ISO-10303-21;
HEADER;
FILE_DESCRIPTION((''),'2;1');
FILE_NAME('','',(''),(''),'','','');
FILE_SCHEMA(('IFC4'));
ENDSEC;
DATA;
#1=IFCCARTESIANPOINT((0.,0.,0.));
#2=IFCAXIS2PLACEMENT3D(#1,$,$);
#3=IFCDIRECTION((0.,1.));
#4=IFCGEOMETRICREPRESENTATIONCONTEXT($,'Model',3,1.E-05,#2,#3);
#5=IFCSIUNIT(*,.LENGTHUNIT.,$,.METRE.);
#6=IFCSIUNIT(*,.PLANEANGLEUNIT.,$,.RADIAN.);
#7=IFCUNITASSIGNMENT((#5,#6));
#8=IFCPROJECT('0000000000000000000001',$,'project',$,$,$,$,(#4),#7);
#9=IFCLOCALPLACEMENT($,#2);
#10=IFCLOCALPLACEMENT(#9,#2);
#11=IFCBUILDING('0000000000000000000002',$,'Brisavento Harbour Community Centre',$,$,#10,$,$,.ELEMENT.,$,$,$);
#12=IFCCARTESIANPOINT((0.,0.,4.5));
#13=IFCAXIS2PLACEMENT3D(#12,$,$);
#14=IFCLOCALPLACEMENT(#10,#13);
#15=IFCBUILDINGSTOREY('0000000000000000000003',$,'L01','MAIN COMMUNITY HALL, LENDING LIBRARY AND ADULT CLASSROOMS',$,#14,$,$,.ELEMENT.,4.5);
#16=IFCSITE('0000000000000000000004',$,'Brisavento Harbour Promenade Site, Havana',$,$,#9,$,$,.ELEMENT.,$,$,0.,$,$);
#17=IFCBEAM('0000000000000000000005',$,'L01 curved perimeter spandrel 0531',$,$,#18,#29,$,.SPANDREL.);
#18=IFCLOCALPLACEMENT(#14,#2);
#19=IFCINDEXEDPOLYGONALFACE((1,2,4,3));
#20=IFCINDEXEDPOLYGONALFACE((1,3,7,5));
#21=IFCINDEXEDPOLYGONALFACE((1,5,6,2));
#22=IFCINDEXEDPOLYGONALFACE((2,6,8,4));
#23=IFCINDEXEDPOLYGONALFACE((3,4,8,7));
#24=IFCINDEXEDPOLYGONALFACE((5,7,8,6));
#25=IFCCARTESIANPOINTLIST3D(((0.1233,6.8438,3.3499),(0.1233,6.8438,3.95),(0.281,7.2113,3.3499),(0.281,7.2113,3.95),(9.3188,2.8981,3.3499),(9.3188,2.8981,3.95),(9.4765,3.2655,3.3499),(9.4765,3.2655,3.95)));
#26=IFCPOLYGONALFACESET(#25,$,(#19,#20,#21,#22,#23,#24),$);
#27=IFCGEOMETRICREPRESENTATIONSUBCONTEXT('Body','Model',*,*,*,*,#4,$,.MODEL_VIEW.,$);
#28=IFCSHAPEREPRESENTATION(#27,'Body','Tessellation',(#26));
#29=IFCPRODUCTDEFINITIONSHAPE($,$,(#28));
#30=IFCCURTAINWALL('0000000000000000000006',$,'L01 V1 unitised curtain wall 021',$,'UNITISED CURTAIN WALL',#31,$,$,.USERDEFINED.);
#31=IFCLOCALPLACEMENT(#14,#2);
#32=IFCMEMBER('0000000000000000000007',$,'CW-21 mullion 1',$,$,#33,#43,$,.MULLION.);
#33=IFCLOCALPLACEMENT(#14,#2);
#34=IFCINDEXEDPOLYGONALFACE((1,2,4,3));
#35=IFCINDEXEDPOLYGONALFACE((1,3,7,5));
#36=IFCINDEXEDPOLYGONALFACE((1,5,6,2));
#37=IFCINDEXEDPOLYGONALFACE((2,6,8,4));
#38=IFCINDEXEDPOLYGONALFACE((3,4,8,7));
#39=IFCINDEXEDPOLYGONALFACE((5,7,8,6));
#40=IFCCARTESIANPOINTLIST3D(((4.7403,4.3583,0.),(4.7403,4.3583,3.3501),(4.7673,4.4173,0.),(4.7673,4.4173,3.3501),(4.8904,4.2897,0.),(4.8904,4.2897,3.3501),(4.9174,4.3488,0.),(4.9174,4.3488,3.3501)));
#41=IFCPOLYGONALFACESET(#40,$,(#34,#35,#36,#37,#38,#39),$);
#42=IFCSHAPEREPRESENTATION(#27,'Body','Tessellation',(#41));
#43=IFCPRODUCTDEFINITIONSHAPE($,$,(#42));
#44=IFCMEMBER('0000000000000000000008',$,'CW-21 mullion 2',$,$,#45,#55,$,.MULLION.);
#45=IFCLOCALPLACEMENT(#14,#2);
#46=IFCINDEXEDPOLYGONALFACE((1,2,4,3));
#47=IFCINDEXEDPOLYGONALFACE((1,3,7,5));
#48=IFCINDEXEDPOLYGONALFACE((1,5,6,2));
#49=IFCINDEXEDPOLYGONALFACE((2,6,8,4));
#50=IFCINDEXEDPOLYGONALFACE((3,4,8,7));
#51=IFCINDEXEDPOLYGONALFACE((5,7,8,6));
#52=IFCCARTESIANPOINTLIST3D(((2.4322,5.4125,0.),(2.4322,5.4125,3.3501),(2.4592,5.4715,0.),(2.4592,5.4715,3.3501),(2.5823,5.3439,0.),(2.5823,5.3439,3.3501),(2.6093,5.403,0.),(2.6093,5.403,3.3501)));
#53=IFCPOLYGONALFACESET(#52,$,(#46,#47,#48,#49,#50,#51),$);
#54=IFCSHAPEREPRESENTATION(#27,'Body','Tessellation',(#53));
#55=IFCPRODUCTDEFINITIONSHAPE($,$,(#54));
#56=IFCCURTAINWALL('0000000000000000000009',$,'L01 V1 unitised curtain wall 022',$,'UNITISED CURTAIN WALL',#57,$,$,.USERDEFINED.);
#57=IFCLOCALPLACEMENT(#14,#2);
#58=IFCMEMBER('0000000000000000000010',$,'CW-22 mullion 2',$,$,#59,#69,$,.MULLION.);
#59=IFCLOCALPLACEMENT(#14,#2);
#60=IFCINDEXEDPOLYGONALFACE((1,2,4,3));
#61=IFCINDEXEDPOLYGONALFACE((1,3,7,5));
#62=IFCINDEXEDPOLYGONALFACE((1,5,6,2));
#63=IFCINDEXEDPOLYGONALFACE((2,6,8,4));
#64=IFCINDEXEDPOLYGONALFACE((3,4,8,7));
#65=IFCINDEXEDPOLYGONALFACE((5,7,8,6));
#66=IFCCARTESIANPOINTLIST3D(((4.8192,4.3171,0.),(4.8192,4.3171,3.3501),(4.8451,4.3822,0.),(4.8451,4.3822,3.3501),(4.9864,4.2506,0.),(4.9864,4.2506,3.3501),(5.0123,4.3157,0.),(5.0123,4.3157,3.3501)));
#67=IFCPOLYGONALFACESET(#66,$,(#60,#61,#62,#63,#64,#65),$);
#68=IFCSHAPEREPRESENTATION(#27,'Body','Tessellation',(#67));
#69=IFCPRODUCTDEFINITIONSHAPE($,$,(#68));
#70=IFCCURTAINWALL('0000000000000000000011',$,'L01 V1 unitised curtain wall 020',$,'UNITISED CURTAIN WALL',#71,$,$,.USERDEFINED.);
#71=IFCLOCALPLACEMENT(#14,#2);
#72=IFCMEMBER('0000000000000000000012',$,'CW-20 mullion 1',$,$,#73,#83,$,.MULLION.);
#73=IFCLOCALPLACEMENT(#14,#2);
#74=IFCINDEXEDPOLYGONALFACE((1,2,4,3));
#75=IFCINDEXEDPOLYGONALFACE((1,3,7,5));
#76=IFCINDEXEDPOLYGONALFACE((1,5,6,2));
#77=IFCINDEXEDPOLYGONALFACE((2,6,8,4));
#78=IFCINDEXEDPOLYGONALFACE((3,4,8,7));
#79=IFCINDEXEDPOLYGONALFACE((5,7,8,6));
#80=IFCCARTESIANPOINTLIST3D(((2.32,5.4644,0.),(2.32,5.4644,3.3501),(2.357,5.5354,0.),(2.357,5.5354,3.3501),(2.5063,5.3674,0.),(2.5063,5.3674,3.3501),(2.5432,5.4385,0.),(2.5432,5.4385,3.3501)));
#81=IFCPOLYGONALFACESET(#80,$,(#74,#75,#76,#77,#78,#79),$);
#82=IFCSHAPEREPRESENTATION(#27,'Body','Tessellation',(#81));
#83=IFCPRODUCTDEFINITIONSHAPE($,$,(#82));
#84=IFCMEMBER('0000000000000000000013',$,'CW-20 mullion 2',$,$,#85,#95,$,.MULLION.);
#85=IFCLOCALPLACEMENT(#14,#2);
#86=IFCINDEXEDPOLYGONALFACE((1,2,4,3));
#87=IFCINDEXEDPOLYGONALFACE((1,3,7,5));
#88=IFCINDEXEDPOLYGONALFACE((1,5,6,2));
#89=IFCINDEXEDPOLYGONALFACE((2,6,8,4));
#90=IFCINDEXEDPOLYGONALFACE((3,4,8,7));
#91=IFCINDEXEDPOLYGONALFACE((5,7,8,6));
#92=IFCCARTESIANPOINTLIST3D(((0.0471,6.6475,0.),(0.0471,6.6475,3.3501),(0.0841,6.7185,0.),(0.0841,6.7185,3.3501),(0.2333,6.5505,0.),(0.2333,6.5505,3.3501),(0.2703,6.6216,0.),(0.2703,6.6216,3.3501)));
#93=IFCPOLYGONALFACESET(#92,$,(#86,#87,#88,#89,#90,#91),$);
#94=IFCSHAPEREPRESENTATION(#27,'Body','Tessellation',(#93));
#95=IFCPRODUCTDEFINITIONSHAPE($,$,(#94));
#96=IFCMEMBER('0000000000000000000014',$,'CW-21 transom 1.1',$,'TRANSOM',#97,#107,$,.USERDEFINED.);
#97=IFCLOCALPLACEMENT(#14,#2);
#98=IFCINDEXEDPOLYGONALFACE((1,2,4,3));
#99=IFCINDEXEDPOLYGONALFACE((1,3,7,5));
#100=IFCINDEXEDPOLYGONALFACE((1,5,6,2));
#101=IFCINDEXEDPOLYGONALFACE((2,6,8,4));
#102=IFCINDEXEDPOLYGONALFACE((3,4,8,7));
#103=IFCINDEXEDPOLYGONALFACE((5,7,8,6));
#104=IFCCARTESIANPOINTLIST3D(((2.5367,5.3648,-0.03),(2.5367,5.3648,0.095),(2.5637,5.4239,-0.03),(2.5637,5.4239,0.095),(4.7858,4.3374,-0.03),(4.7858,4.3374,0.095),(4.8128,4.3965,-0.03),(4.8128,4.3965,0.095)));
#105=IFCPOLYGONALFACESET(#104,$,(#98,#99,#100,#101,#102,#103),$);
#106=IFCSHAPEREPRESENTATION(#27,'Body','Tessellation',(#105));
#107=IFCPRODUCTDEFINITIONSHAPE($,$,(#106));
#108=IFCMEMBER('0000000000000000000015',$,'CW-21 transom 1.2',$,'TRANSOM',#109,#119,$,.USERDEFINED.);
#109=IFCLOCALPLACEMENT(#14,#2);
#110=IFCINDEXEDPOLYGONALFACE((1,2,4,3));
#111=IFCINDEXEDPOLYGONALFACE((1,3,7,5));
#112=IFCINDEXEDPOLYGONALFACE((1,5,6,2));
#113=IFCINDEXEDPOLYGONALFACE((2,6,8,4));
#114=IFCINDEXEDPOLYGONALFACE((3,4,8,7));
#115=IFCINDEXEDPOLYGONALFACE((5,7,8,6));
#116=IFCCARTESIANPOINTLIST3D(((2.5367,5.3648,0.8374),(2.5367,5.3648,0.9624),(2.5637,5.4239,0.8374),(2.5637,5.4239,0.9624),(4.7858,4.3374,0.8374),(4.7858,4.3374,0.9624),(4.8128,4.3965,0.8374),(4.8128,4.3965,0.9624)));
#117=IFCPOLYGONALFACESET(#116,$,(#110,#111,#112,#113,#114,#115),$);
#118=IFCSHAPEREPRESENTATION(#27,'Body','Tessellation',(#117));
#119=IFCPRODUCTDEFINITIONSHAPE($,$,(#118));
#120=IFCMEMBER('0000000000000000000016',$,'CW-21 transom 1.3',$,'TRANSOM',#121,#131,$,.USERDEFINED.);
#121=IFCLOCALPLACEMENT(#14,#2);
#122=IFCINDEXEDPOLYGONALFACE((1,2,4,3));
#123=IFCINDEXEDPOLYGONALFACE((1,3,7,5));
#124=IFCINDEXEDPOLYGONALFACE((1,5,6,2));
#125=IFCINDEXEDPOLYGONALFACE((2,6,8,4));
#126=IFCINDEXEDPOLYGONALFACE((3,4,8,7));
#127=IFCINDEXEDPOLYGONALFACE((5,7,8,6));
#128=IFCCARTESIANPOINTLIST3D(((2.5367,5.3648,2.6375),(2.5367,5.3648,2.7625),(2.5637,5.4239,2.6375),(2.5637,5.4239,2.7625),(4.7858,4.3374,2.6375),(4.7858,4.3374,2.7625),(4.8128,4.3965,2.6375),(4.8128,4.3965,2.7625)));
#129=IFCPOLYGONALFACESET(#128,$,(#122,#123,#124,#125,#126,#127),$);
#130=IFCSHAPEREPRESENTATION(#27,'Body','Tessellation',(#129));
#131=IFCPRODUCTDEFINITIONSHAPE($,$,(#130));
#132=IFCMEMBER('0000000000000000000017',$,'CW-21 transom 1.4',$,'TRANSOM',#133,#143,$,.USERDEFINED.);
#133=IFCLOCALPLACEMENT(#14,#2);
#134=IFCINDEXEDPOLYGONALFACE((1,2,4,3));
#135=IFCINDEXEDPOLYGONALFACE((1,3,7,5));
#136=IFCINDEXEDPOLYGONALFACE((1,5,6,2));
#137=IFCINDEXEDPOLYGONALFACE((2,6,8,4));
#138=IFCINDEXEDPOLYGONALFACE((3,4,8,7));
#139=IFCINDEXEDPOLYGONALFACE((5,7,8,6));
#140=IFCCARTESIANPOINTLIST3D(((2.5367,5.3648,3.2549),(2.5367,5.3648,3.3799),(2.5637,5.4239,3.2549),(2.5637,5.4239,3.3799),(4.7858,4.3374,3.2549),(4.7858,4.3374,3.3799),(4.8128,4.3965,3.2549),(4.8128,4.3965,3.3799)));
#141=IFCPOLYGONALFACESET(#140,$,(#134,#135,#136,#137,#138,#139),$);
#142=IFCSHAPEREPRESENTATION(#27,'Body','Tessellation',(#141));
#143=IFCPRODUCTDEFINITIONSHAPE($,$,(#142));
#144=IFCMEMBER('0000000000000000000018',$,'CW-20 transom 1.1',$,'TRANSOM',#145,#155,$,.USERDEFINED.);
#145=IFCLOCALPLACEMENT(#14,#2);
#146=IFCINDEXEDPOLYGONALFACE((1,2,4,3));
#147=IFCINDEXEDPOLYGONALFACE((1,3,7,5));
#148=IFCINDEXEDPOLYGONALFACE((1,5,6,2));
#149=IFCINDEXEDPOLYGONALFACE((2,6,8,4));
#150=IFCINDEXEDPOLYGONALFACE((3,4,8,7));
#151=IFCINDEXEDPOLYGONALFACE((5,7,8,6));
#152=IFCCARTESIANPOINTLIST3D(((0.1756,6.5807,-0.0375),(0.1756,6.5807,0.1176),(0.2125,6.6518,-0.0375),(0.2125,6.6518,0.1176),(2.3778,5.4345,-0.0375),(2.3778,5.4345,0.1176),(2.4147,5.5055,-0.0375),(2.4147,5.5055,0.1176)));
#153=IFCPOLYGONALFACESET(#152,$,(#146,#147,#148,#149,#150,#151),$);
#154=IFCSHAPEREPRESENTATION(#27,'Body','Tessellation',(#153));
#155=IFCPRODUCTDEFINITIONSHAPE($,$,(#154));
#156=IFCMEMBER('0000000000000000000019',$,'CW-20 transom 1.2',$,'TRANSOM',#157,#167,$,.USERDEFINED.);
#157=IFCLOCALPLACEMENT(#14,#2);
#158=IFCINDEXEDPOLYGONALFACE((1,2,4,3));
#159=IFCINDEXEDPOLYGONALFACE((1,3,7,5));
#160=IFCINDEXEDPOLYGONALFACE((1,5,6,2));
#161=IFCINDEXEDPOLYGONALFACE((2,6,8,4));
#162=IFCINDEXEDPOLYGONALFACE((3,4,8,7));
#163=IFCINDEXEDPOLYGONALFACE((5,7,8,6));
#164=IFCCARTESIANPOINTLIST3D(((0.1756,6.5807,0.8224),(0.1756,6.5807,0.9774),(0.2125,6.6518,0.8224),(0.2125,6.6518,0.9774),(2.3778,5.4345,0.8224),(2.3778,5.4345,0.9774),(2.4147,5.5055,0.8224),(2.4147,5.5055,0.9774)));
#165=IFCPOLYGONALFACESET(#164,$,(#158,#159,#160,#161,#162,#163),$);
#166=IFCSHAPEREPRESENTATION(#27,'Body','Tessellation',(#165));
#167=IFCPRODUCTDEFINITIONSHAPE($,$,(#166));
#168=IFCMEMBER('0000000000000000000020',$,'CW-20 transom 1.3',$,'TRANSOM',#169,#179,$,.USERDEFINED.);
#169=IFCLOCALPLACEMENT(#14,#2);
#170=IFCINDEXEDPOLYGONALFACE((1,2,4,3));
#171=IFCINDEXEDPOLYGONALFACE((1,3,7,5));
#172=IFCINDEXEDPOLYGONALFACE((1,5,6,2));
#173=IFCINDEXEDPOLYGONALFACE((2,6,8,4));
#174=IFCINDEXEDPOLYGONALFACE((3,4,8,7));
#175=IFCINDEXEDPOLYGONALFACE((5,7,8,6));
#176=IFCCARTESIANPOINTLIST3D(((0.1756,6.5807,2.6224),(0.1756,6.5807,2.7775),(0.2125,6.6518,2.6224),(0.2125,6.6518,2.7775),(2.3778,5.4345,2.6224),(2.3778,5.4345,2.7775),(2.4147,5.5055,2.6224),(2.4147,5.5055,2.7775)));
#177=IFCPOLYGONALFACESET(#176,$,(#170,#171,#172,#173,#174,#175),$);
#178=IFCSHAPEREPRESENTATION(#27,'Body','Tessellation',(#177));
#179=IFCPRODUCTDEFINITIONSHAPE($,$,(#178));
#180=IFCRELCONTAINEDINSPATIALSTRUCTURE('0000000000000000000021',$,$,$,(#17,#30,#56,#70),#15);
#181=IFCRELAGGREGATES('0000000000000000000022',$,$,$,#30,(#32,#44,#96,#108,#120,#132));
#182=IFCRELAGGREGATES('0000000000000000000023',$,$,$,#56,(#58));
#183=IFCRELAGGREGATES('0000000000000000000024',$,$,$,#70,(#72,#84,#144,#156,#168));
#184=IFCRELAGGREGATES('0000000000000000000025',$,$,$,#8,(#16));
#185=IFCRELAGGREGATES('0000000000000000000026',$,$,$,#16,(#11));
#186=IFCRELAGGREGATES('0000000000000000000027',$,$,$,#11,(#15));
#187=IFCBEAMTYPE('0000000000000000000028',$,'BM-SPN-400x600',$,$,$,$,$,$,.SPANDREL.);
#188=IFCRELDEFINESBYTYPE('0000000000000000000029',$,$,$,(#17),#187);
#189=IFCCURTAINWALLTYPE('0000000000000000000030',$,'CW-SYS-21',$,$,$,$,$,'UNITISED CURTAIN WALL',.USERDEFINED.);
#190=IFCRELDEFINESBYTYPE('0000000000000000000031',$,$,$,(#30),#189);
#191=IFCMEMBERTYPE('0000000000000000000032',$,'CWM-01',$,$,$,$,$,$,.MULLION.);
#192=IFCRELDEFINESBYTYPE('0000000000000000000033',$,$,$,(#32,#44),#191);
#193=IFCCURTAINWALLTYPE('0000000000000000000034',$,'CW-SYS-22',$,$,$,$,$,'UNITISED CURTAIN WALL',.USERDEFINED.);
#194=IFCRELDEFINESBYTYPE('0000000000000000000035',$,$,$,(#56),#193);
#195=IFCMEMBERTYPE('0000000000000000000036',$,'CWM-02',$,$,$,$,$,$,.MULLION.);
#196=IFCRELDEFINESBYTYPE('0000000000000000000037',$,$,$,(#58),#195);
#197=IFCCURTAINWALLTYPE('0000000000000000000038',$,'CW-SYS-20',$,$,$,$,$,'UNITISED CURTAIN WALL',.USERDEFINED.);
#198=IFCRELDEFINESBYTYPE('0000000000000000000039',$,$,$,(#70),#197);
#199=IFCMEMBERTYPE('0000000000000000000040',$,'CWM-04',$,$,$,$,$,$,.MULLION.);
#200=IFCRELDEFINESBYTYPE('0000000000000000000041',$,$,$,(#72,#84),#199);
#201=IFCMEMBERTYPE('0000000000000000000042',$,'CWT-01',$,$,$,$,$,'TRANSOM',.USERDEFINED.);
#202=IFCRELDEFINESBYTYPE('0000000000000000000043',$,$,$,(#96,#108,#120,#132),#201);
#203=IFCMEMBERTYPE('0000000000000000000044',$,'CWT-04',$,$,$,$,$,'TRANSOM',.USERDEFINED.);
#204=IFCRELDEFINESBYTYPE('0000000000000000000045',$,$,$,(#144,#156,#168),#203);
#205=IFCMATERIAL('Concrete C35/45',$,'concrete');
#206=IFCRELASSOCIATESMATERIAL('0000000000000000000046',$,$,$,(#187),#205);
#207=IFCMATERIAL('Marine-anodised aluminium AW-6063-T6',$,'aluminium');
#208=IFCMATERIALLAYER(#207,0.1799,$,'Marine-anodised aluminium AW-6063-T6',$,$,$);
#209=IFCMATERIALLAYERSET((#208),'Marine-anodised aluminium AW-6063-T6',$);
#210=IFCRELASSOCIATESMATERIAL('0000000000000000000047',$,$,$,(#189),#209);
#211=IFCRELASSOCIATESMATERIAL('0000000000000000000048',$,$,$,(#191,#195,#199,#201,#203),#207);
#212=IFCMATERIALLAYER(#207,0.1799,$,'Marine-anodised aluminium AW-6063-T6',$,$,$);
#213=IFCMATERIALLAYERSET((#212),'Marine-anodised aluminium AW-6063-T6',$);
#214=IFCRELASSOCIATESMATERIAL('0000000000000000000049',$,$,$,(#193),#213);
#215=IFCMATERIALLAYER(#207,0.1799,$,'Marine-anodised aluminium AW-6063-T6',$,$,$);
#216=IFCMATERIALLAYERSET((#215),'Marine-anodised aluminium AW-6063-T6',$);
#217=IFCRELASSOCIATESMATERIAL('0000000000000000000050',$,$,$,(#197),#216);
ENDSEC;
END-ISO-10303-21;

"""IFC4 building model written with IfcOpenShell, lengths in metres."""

from ifc_helpers import new_model, si_unit, direction, frame, origin, origin_2d, place, context, subcontext, project, spatial, rectangle, extrude, material, layer, layer_set, material_profile, profile_set, type_object, element, aggregate, save


model = new_model("IFC4")

# Units and contexts
model_context = context("Model", 3, precision=1e-05, world=origin(), true_north=direction((0.0, 1.0)))
body_context = subcontext(model_context, "Body", "Model", "MODEL_VIEW")
ifc_project = project(units=[si_unit("LENGTHUNIT", "METRE"), si_unit("PLANEANGLEUNIT", "RADIAN")], contexts=[model_context])

# Site, building, storey
site_placement = place(None, origin())
site = spatial("IfcSite", under=ifc_project, at=site_placement, Name="Brisavento Harbour Promenade Site, Havana", CompositionType="ELEMENT", RefElevation=0.0)
building_placement = place(site_placement, origin())
building = spatial("IfcBuilding", under=site, at=building_placement, Name="Brisavento Harbour Community Centre", CompositionType="ELEMENT")
storey_placement = place(building_placement, frame((0.0, 0.0, 4.5)))
storey = spatial("IfcBuildingStorey", under=building, at=storey_placement, Name="L01", Description="MAIN COMMUNITY HALL, LENDING LIBRARY AND ADULT CLASSROOMS", CompositionType="ELEMENT", Elevation=4.5)

# Beam
ifc_material_1 = material(Name="Concrete C35/45", Category="concrete")
ifc_material_profile_1 = material_profile(ifc_material_1, rectangle(XDim=0.3999, YDim=0.6001, at=origin_2d()), Name="Concrete C35/45")
ifc_profile_set_1 = profile_set([ifc_material_profile_1], Name="Concrete C35/45")
beam_type = type_object("IfcBeamType", Name="BM-SPN-400x600", PredefinedType="SPANDREL", material=ifc_profile_set_1)
beam_placement = place(storey_placement, frame((0.2021, 7.0276, 3.6499), z_axis=(0.91897, -0.394329, 0.0), x_axis=(0.394329, 0.91897, 0.0)))
element("IfcBeam", 1, at=beam_placement, inside=storey, type_object=beam_type, Name="L01 curved perimeter spandrel 0531", PredefinedType="SPANDREL", context=body_context, shape_type="SweptSolid", body=[
    extrude(rectangle(XDim=0.3999, YDim=0.6001, at=origin_2d()), origin(), (0.0, 0.0, 1.0), 10.0063),
])

# Curtain wall, members
ifc_material_2 = material(Name="Marine-anodised aluminium AW-6063-T6", Category="aluminium")
ifc_layer_1 = layer(ifc_material_2, 0.1799, Name="Marine-anodised aluminium AW-6063-T6")
ifc_layer_set_1 = layer_set([ifc_layer_1], Name="Marine-anodised aluminium AW-6063-T6")
curtain_wall_type_1 = type_object("IfcCurtainWallType", Name="CW-SYS-21", ElementType="UNITISED CURTAIN WALL", PredefinedType="USERDEFINED", material=ifc_layer_set_1)
curtain_wall_1_placement = place(storey_placement, origin())
curtain_wall_1 = element("IfcCurtainWall", 2, at=curtain_wall_1_placement, inside=storey, type_object=curtain_wall_type_1, Name="L01 V1 unitised curtain wall 021", ObjectType="UNITISED CURTAIN WALL", PredefinedType="USERDEFINED")
ifc_material_profile_2 = material_profile(ifc_material_2, rectangle(XDim=0.0649, YDim=0.165, at=origin_2d()), Name="Marine-anodised aluminium AW-6063-T6")
ifc_profile_set_2 = profile_set([ifc_material_profile_2], Name="Marine-anodised aluminium AW-6063-T6")
member_type_1 = type_object("IfcMemberType", Name="CWM-01", PredefinedType="MULLION", material=ifc_profile_set_2)
member_1_placement = place(storey_placement, frame((4.8289, 4.3535, 0.0), z_axis=(0.0, 0.0, 1.0), x_axis=(-0.41549, -0.909598, 0.0)))
member_1 = element("IfcMember", 3, at=member_1_placement, type_object=member_type_1, Name="CW-21 mullion 1", PredefinedType="MULLION", context=body_context, shape_type="SweptSolid", body=[
    extrude(rectangle(XDim=0.0649, YDim=0.165, at=origin_2d()), origin(), (0.0, 0.0, 1.0), 3.3501),
])
member_2_placement = place(storey_placement, frame((2.5208, 5.4077, 0.0), z_axis=(0.0, 0.0, 1.0), x_axis=(-0.41549, -0.909598, 0.0)))
member_2 = element("IfcMember", 4, at=member_2_placement, type_object=member_type_1, Name="CW-21 mullion 2", PredefinedType="MULLION", context=body_context, shape_type="SweptSolid", body=[
    extrude(rectangle(XDim=0.0649, YDim=0.165, at=origin_2d()), origin(), (0.0, 0.0, 1.0), 3.3501),
])

# Curtain wall, member
ifc_layer_2 = layer(ifc_material_2, 0.1799, Name="Marine-anodised aluminium AW-6063-T6")
ifc_layer_set_2 = layer_set([ifc_layer_2], Name="Marine-anodised aluminium AW-6063-T6")
curtain_wall_type_2 = type_object("IfcCurtainWallType", Name="CW-SYS-22", ElementType="UNITISED CURTAIN WALL", PredefinedType="USERDEFINED", material=ifc_layer_set_2)
curtain_wall_2_placement = place(storey_placement, origin())
curtain_wall_2 = element("IfcCurtainWall", 5, at=curtain_wall_2_placement, inside=storey, type_object=curtain_wall_type_2, Name="L01 V1 unitised curtain wall 022", ObjectType="UNITISED CURTAIN WALL", PredefinedType="USERDEFINED")
ifc_material_profile_3 = material_profile(ifc_material_2, rectangle(XDim=0.0701, YDim=0.1799, at=origin_2d()), Name="Marine-anodised aluminium AW-6063-T6")
ifc_profile_set_3 = profile_set([ifc_material_profile_3], Name="Marine-anodised aluminium AW-6063-T6")
member_type_2 = type_object("IfcMemberType", Name="CWM-02", PredefinedType="MULLION", material=ifc_profile_set_3)
member_3_placement = place(storey_placement, frame((4.9158, 4.3164, 0.0), z_axis=(0.0, 0.0, 1.0), x_axis=(-0.369379, -0.929279, 0.0)))
member_3 = element("IfcMember", 6, at=member_3_placement, type_object=member_type_2, Name="CW-22 mullion 2", PredefinedType="MULLION", context=body_context, shape_type="SweptSolid", body=[
    extrude(rectangle(XDim=0.0701, YDim=0.1799, at=origin_2d()), origin(), (0.0, 0.0, 1.0), 3.3501),
])

# Curtain wall, members
ifc_layer_3 = layer(ifc_material_2, 0.1799, Name="Marine-anodised aluminium AW-6063-T6")
ifc_layer_set_3 = layer_set([ifc_layer_3], Name="Marine-anodised aluminium AW-6063-T6")
curtain_wall_type_3 = type_object("IfcCurtainWallType", Name="CW-SYS-20", ElementType="UNITISED CURTAIN WALL", PredefinedType="USERDEFINED", material=ifc_layer_set_3)
curtain_wall_3_placement = place(storey_placement, origin())
curtain_wall_3 = element("IfcCurtainWall", 7, at=curtain_wall_3_placement, inside=storey, type_object=curtain_wall_type_3, Name="L01 V1 unitised curtain wall 020", ObjectType="UNITISED CURTAIN WALL", PredefinedType="USERDEFINED")
ifc_material_profile_4 = material_profile(ifc_material_2, rectangle(XDim=0.0801, YDim=0.21, at=origin_2d()), Name="Marine-anodised aluminium AW-6063-T6")
ifc_profile_set_4 = profile_set([ifc_material_profile_4], Name="Marine-anodised aluminium AW-6063-T6")
member_type_3 = type_object("IfcMemberType", Name="CWM-04", PredefinedType="MULLION", material=ifc_profile_set_4)
member_4_placement = place(storey_placement, frame((2.4316, 5.4514, 0.0), z_axis=(0.0, 0.0, 1.0), x_axis=(-0.461732, -0.88702, 0.0)))
member_4 = element("IfcMember", 8, at=member_4_placement, type_object=member_type_3, Name="CW-20 mullion 1", PredefinedType="MULLION", context=body_context, shape_type="SweptSolid", body=[
    extrude(rectangle(XDim=0.0801, YDim=0.21, at=origin_2d()), origin(), (0.0, 0.0, 1.0), 3.3501),
])
member_5_placement = place(storey_placement, frame((0.1587, 6.6345, 0.0), z_axis=(0.0, 0.0, 1.0), x_axis=(-0.461732, -0.88702, 0.0)))
member_5 = element("IfcMember", 9, at=member_5_placement, type_object=member_type_3, Name="CW-20 mullion 2", PredefinedType="MULLION", context=body_context, shape_type="SweptSolid", body=[
    extrude(rectangle(XDim=0.0801, YDim=0.21, at=origin_2d()), origin(), (0.0, 0.0, 1.0), 3.3501),
])

# Members
ifc_material_profile_5 = material_profile(ifc_material_2, rectangle(XDim=0.0649, YDim=0.125, at=origin_2d()), Name="Marine-anodised aluminium AW-6063-T6")
ifc_profile_set_5 = profile_set([ifc_material_profile_5], Name="Marine-anodised aluminium AW-6063-T6")
member_type_4 = type_object("IfcMemberType", Name="CWT-01", ElementType="TRANSOM", PredefinedType="USERDEFINED", material=ifc_profile_set_5)
member_6_placement = place(storey_placement, frame((4.7993, 4.3669, 0.0325), z_axis=(-0.909594, 0.415498, 0.0), x_axis=(-0.415498, -0.909594, 0.0)))
member_6 = element("IfcMember", 10, at=member_6_placement, type_object=member_type_4, Name="CW-21 transom 1.1", ObjectType="TRANSOM", PredefinedType="USERDEFINED", context=body_context, shape_type="SweptSolid", body=[
    extrude(rectangle(XDim=0.0649, YDim=0.125, at=origin_2d()), origin(), (0.0, 0.0, 1.0), 2.4727),
])
member_7_placement = place(storey_placement, frame((4.7993, 4.3669, 0.8999), z_axis=(-0.909594, 0.415498, 0.0), x_axis=(-0.415498, -0.909594, 0.0)))
member_7 = element("IfcMember", 11, at=member_7_placement, type_object=member_type_4, Name="CW-21 transom 1.2", ObjectType="TRANSOM", PredefinedType="USERDEFINED", context=body_context, shape_type="SweptSolid", body=[
    extrude(rectangle(XDim=0.0649, YDim=0.125, at=origin_2d()), origin(), (0.0, 0.0, 1.0), 2.4727),
])
member_8_placement = place(storey_placement, frame((4.7993, 4.3669, 2.7), z_axis=(-0.909594, 0.415498, 0.0), x_axis=(-0.415498, -0.909594, 0.0)))
member_8 = element("IfcMember", 12, at=member_8_placement, type_object=member_type_4, Name="CW-21 transom 1.3", ObjectType="TRANSOM", PredefinedType="USERDEFINED", context=body_context, shape_type="SweptSolid", body=[
    extrude(rectangle(XDim=0.0649, YDim=0.125, at=origin_2d()), origin(), (0.0, 0.0, 1.0), 2.4727),
])
member_9_placement = place(storey_placement, frame((4.7993, 4.3669, 3.3174), z_axis=(-0.909594, 0.415498, 0.0), x_axis=(-0.415498, -0.909594, 0.0)))
member_9 = element("IfcMember", 13, at=member_9_placement, type_object=member_type_4, Name="CW-21 transom 1.4", ObjectType="TRANSOM", PredefinedType="USERDEFINED", context=body_context, shape_type="SweptSolid", body=[
    extrude(rectangle(XDim=0.0649, YDim=0.125, at=origin_2d()), origin(), (0.0, 0.0, 1.0), 2.4727),
])
ifc_material_profile_6 = material_profile(ifc_material_2, rectangle(XDim=0.0801, YDim=0.155, at=origin_2d()), Name="Marine-anodised aluminium AW-6063-T6")
ifc_profile_set_6 = profile_set([ifc_material_profile_6], Name="Marine-anodised aluminium AW-6063-T6")
member_type_5 = type_object("IfcMemberType", Name="CWT-04", ElementType="TRANSOM", PredefinedType="USERDEFINED", material=ifc_profile_set_6)
member_10_placement = place(storey_placement, frame((2.3962, 5.47, 0.04), z_axis=(-0.887032, 0.461709, 0.0), x_axis=(-0.461709, -0.887032, 0.0)))
member_10 = element("IfcMember", 14, at=member_10_placement, type_object=member_type_5, Name="CW-20 transom 1.1", ObjectType="TRANSOM", PredefinedType="USERDEFINED", context=body_context, shape_type="SweptSolid", body=[
    extrude(rectangle(XDim=0.0801, YDim=0.155, at=origin_2d()), origin(), (0.0, 0.0, 1.0), 2.4827),
])
member_11_placement = place(storey_placement, frame((2.3962, 5.47, 0.8999), z_axis=(-0.887032, 0.461709, 0.0), x_axis=(-0.461709, -0.887032, 0.0)))
member_11 = element("IfcMember", 15, at=member_11_placement, type_object=member_type_5, Name="CW-20 transom 1.2", ObjectType="TRANSOM", PredefinedType="USERDEFINED", context=body_context, shape_type="SweptSolid", body=[
    extrude(rectangle(XDim=0.0801, YDim=0.155, at=origin_2d()), origin(), (0.0, 0.0, 1.0), 2.4827),
])
member_12_placement = place(storey_placement, frame((2.3962, 5.47, 2.7), z_axis=(-0.887032, 0.461709, 0.0), x_axis=(-0.461709, -0.887032, 0.0)))
member_12 = element("IfcMember", 16, at=member_12_placement, type_object=member_type_5, Name="CW-20 transom 1.3", ObjectType="TRANSOM", PredefinedType="USERDEFINED", context=body_context, shape_type="SweptSolid", body=[
    extrude(rectangle(XDim=0.0801, YDim=0.155, at=origin_2d()), origin(), (0.0, 0.0, 1.0), 2.4827),
])

aggregate(curtain_wall_1, [member_1, member_2, member_6, member_7, member_8, member_9])
aggregate(curtain_wall_2, [member_3])
aggregate(curtain_wall_3, [member_4, member_5, member_10, member_11, member_12])

save(model, "model.ifc")
